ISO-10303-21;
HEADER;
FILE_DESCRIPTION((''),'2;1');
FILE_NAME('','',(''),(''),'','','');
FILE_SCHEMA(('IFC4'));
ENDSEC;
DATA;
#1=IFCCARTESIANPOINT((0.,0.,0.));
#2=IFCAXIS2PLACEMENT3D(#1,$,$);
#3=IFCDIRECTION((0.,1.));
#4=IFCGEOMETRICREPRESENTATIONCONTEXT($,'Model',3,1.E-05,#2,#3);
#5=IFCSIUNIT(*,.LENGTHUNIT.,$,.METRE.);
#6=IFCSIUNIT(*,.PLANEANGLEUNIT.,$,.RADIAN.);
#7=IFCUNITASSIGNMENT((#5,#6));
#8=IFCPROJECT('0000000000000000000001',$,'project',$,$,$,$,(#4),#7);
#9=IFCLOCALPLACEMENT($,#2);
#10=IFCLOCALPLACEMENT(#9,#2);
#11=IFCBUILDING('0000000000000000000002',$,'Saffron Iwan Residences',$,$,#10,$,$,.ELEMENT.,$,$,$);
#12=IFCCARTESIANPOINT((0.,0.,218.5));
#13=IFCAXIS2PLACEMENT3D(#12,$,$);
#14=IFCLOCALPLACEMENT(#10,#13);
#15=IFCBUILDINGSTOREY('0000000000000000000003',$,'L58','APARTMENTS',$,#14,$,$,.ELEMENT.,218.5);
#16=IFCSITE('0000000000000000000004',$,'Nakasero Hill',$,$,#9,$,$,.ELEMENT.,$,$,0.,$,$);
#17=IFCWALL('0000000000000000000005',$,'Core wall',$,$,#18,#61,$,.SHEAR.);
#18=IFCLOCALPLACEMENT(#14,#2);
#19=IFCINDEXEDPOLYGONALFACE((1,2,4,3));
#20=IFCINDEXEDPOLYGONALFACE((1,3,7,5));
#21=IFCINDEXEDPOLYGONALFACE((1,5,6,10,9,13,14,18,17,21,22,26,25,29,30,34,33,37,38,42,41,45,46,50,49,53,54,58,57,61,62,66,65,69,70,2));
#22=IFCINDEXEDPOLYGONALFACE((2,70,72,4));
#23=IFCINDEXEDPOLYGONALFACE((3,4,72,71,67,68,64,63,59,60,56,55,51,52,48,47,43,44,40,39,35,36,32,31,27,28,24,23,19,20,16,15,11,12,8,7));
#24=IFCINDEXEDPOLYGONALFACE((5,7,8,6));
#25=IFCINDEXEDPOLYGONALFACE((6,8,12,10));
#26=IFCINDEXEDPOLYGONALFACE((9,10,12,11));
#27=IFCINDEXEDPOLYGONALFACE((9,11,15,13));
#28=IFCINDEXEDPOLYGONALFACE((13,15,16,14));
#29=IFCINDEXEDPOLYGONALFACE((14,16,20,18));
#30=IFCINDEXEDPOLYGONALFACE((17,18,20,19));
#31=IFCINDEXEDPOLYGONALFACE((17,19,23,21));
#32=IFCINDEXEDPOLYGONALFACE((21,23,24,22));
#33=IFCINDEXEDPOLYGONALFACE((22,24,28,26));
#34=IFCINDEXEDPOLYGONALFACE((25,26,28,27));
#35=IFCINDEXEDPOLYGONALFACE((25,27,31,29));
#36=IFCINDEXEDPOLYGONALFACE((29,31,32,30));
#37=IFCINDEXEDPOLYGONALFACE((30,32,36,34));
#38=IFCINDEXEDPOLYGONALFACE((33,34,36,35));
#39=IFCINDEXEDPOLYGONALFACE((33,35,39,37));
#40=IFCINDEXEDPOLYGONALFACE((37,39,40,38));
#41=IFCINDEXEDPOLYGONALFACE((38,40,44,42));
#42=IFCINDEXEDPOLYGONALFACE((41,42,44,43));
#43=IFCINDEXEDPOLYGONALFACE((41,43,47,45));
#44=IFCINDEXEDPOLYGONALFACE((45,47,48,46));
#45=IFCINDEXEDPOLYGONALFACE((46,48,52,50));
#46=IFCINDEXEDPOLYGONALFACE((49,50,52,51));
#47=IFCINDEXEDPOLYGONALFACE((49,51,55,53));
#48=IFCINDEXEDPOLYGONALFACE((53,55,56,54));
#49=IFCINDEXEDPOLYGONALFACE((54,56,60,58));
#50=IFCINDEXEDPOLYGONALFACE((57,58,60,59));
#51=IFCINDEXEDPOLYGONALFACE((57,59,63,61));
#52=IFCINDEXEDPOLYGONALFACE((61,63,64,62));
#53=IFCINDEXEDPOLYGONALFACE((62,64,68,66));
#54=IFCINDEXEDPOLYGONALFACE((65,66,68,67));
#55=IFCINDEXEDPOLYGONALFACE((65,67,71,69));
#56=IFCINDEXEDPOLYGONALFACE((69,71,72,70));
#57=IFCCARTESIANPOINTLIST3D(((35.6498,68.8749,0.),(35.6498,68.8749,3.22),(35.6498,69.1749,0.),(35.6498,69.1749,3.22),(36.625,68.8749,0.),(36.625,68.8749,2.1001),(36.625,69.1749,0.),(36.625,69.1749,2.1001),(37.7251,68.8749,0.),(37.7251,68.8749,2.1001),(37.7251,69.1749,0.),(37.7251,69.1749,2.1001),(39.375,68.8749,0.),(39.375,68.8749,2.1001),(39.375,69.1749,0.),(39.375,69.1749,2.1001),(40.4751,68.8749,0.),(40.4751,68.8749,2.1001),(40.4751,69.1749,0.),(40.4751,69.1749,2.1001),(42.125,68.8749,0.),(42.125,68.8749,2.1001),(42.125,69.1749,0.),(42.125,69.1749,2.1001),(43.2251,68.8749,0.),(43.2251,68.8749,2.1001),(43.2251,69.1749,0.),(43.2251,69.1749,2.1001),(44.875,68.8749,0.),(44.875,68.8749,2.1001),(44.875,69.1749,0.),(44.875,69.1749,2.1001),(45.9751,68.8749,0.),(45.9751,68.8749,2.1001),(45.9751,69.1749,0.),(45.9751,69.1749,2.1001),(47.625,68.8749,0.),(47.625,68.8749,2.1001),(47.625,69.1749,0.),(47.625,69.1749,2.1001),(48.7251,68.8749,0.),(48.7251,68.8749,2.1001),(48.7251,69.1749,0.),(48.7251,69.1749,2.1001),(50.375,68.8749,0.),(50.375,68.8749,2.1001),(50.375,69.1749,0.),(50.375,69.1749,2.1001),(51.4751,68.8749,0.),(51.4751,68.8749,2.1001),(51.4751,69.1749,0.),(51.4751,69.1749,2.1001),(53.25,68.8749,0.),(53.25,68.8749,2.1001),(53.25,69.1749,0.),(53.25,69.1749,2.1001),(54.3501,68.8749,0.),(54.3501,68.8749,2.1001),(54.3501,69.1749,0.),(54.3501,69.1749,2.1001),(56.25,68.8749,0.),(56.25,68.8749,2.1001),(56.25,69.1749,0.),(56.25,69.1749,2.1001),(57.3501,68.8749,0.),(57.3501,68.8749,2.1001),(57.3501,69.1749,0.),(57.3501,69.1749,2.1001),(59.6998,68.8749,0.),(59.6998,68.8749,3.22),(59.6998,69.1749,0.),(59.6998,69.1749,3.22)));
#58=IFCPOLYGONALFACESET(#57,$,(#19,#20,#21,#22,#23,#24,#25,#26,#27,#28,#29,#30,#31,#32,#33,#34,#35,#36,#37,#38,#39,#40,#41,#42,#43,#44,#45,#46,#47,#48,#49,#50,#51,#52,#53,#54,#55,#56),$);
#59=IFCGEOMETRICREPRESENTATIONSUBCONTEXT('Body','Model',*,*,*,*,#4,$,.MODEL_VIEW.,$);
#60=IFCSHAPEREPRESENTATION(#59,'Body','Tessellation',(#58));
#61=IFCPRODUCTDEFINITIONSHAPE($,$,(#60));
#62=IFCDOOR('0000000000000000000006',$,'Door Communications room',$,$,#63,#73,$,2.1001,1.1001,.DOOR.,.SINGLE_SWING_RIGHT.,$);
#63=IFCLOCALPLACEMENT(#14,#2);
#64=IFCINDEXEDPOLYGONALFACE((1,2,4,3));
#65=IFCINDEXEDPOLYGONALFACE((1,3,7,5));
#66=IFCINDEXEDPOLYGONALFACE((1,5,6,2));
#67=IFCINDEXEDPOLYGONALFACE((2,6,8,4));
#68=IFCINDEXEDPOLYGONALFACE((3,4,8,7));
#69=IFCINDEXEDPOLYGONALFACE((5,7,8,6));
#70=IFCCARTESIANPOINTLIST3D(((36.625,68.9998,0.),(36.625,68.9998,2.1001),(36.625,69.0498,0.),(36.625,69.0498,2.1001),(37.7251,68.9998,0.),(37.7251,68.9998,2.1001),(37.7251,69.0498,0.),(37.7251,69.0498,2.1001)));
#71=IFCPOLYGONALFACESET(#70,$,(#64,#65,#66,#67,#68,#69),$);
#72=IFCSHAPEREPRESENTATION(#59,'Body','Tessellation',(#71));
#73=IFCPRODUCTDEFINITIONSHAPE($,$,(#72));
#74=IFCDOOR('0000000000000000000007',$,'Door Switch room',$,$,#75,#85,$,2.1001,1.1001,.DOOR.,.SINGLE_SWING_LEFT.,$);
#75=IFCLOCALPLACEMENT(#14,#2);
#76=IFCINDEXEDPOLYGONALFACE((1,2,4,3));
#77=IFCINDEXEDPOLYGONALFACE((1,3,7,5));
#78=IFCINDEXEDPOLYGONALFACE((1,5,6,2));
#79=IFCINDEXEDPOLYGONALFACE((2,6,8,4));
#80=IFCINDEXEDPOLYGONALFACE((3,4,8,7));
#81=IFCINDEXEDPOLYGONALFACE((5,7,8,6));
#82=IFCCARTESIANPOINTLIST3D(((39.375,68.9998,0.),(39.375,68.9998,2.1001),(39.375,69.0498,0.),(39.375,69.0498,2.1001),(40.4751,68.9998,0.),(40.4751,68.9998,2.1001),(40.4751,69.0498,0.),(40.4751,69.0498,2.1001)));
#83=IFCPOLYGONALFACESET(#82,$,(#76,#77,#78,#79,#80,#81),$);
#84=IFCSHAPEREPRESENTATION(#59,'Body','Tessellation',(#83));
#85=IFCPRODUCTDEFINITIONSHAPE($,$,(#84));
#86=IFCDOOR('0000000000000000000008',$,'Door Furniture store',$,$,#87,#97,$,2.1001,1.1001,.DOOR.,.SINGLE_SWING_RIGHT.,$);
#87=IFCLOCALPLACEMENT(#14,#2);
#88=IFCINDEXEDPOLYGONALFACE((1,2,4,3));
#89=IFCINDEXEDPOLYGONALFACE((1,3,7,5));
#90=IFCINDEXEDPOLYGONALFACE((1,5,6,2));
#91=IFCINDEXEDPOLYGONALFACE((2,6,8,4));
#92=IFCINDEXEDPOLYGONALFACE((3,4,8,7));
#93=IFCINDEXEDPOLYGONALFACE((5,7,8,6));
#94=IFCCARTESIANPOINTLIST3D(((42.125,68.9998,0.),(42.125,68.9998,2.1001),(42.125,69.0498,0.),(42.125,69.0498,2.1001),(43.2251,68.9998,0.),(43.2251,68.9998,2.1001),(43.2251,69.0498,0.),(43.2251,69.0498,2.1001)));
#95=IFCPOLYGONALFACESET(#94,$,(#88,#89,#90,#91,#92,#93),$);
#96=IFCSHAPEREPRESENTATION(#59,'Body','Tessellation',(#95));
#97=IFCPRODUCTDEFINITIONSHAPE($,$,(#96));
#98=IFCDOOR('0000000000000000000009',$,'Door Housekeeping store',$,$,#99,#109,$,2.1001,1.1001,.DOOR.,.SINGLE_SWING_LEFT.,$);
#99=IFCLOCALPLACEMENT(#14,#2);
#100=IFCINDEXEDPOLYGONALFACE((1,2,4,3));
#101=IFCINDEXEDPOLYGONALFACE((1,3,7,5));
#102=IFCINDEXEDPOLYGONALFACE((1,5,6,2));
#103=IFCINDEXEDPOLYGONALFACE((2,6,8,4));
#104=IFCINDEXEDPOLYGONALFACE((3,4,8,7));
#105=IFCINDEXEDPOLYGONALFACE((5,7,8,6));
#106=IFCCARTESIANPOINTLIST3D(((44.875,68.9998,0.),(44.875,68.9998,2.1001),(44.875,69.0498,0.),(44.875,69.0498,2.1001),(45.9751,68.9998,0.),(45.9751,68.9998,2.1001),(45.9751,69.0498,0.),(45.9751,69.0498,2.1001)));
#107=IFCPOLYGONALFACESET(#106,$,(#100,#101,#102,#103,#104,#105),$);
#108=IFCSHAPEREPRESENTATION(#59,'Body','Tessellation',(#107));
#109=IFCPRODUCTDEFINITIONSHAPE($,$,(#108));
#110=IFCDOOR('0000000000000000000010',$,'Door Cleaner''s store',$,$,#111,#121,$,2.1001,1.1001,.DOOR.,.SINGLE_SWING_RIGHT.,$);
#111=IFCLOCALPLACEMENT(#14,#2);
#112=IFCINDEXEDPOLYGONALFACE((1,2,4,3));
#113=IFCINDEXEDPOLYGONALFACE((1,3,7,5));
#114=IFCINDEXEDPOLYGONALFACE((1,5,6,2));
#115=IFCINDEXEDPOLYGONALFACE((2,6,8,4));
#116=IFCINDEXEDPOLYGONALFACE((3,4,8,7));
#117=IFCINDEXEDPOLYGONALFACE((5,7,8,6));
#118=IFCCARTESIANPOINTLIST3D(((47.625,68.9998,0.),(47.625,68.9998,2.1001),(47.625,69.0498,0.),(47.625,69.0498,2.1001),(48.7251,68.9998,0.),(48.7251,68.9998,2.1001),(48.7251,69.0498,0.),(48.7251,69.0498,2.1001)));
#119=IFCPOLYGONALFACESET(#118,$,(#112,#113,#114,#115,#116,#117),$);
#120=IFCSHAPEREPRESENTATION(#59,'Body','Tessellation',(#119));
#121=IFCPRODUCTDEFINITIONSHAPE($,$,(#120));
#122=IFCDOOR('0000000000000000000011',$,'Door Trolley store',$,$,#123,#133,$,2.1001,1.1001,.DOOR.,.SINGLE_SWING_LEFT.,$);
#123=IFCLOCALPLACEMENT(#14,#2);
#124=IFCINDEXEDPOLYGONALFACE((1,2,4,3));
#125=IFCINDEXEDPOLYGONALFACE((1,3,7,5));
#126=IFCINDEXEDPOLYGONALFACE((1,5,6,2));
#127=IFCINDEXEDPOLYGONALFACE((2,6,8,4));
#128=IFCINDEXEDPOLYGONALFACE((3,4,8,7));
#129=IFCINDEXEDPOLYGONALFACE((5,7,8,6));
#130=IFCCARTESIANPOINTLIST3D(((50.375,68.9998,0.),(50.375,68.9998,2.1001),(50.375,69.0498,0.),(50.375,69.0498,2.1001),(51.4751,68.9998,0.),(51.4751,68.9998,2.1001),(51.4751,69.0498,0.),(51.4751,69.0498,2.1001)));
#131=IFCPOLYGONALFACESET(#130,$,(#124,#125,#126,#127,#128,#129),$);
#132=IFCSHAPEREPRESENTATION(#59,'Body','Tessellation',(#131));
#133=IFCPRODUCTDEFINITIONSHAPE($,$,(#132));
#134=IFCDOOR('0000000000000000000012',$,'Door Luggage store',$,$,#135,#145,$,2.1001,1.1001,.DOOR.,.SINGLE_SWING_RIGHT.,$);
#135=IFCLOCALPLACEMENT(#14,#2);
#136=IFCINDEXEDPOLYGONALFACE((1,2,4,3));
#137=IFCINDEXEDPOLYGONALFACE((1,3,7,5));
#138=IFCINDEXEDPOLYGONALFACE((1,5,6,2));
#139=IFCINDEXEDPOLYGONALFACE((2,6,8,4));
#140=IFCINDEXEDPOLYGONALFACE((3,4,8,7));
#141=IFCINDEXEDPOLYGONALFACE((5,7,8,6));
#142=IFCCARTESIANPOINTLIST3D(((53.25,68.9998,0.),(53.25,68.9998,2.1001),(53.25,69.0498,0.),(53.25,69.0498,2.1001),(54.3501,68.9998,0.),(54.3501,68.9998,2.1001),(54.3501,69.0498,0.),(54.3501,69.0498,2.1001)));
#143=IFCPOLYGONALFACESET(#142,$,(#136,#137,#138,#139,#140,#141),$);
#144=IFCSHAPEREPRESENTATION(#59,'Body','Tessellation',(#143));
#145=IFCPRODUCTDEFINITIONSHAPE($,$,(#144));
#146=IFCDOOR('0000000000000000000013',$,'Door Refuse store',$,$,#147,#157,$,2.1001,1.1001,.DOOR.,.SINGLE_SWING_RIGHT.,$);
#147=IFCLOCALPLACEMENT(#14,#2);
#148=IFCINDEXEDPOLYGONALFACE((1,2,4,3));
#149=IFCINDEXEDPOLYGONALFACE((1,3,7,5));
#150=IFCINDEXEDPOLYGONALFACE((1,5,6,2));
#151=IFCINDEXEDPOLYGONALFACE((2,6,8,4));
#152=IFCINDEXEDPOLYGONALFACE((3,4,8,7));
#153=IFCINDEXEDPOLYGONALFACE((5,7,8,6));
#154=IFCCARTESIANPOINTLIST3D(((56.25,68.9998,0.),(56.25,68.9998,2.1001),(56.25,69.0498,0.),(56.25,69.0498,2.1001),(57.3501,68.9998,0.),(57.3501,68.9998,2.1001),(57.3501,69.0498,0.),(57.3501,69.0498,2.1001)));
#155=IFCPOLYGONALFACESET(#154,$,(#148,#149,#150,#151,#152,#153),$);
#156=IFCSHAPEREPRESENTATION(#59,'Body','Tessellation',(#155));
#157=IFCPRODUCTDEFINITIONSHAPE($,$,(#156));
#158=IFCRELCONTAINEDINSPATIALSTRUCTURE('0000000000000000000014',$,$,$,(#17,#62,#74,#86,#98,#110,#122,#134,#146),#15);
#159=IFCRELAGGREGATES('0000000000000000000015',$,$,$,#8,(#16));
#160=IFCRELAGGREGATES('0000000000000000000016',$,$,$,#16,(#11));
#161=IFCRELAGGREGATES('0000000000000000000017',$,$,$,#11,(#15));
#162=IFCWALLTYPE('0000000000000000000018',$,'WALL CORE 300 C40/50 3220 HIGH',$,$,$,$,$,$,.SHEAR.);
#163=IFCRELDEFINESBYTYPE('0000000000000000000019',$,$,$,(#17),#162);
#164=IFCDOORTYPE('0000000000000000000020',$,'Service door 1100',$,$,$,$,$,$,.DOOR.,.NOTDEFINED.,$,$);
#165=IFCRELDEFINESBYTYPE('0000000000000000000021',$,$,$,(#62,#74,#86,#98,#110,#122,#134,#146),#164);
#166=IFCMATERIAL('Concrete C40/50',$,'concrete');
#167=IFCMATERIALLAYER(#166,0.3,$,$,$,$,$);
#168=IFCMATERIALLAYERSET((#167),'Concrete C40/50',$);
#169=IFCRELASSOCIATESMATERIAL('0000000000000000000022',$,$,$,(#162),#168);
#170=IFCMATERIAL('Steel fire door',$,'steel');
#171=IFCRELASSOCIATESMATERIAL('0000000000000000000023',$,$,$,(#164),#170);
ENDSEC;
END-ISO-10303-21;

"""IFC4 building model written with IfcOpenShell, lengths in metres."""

from ifc_helpers import new_model, si_unit, direction, frame, frame_2d, origin, place, context, subcontext, project, spatial, rectangle, extrude, material, layer, layer_set, type_object, element, fill, save


model = new_model("IFC4")

# Units and contexts
model_context = context("Model", 3, precision=1e-05, world=origin(), true_north=direction((0.0, 1.0)))
body_context = subcontext(model_context, "Body", "Model", "MODEL_VIEW")
ifc_project = project(units=[si_unit("LENGTHUNIT", "METRE"), si_unit("PLANEANGLEUNIT", "RADIAN")], contexts=[model_context])

# Site, building, storey
site_placement = place(None, origin())
site = spatial("IfcSite", under=ifc_project, at=site_placement, Name="Nakasero Hill", CompositionType="ELEMENT", RefElevation=0.0)
building_placement = place(site_placement, origin())
building = spatial("IfcBuilding", under=site, at=building_placement, Name="Saffron Iwan Residences", CompositionType="ELEMENT")
storey_placement = place(building_placement, frame((0.0, 0.0, 218.5)))
storey = spatial("IfcBuildingStorey", under=building, at=storey_placement, Name="L58", Description="APARTMENTS", CompositionType="ELEMENT", Elevation=218.5)

# Wall, openings, doors
ifc_material_1 = material(Name="Concrete C40/50", Category="concrete")
ifc_layer = layer(ifc_material_1, 0.3)
ifc_layer_set = layer_set([ifc_layer], Name="Concrete C40/50")
wall_type = type_object("IfcWallType", Name="WALL CORE 300 C40/50 3220 HIGH", PredefinedType="SHEAR", material=ifc_layer_set)
wall_1_placement = place(storey_placement, frame((35.6499, 69.0249, 0.0), z_axis=(0.0, 0.0, 1.0), x_axis=(1.0, 0.0, 0.0)))
wall_1 = element("IfcWall", 1, at=wall_1_placement, inside=storey, type_object=wall_type, Name="Core wall", PredefinedType="SHEAR", context=body_context, shape_type="SweptSolid", body=[
    extrude(rectangle(XDim=24.05, YDim=0.3, at=frame_2d((12.0249, 0.0))), origin(), (0.0, 0.0, 1.0), 3.22),
])
opening_1_placement = place(wall_1_placement, frame((0.9751, 0.0, 0.0)))
opening_1 = element("IfcOpeningElement", 2, at=opening_1_placement, cuts=wall_1, PredefinedType="OPENING", context=body_context, shape_type="SweptSolid", body=[
    extrude(rectangle(XDim=1.1001, YDim=2.1001, at=frame_2d((0.55, 1.05))), frame((0.0, 0.1602, 0.0), z_axis=(0.0, -1.0, 0.0), x_axis=(1.0, 0.0, 0.0)), (0.0, 0.0, 1.0), 0.3201),
])
opening_2_placement = place(wall_1_placement, frame((3.7251, 0.0, 0.0)))
opening_2 = element("IfcOpeningElement", 3, at=opening_2_placement, cuts=wall_1, PredefinedType="OPENING", context=body_context, shape_type="SweptSolid", body=[
    extrude(rectangle(XDim=1.1001, YDim=2.1001, at=frame_2d((0.55, 1.05))), frame((0.0, 0.1602, 0.0), z_axis=(0.0, -1.0, 0.0), x_axis=(1.0, 0.0, 0.0)), (0.0, 0.0, 1.0), 0.3201),
])
opening_3_placement = place(wall_1_placement, frame((6.4751, 0.0, 0.0)))
opening_3 = element("IfcOpeningElement", 4, at=opening_3_placement, cuts=wall_1, PredefinedType="OPENING", context=body_context, shape_type="SweptSolid", body=[
    extrude(rectangle(XDim=1.1001, YDim=2.1001, at=frame_2d((0.55, 1.05))), frame((0.0, 0.1602, 0.0), z_axis=(0.0, -1.0, 0.0), x_axis=(1.0, 0.0, 0.0)), (0.0, 0.0, 1.0), 0.3201),
])
opening_4_placement = place(wall_1_placement, frame((9.2251, 0.0, 0.0)))
opening_4 = element("IfcOpeningElement", 5, at=opening_4_placement, cuts=wall_1, PredefinedType="OPENING", context=body_context, shape_type="SweptSolid", body=[
    extrude(rectangle(XDim=1.1001, YDim=2.1001, at=frame_2d((0.55, 1.05))), frame((0.0, 0.1602, 0.0), z_axis=(0.0, -1.0, 0.0), x_axis=(1.0, 0.0, 0.0)), (0.0, 0.0, 1.0), 0.3201),
])
opening_5_placement = place(wall_1_placement, frame((11.9751, 0.0, 0.0)))
opening_5 = element("IfcOpeningElement", 6, at=opening_5_placement, cuts=wall_1, PredefinedType="OPENING", context=body_context, shape_type="SweptSolid", body=[
    extrude(rectangle(XDim=1.1001, YDim=2.1001, at=frame_2d((0.55, 1.05))), frame((0.0, 0.1602, 0.0), z_axis=(0.0, -1.0, 0.0), x_axis=(1.0, 0.0, 0.0)), (0.0, 0.0, 1.0), 0.3201),
])
opening_6_placement = place(wall_1_placement, frame((14.7251, 0.0, 0.0)))
opening_6 = element("IfcOpeningElement", 7, at=opening_6_placement, cuts=wall_1, PredefinedType="OPENING", context=body_context, shape_type="SweptSolid", body=[
    extrude(rectangle(XDim=1.1001, YDim=2.1001, at=frame_2d((0.55, 1.05))), frame((0.0, 0.1602, 0.0), z_axis=(0.0, -1.0, 0.0), x_axis=(1.0, 0.0, 0.0)), (0.0, 0.0, 1.0), 0.3201),
])
opening_7_placement = place(wall_1_placement, frame((17.6001, 0.0, 0.0)))
opening_7 = element("IfcOpeningElement", 8, at=opening_7_placement, cuts=wall_1, PredefinedType="OPENING", context=body_context, shape_type="SweptSolid", body=[
    extrude(rectangle(XDim=1.1001, YDim=2.1001, at=frame_2d((0.55, 1.05))), frame((0.0, 0.1602, 0.0), z_axis=(0.0, -1.0, 0.0), x_axis=(1.0, 0.0, 0.0)), (0.0, 0.0, 1.0), 0.3201),
])
opening_8_placement = place(wall_1_placement, frame((20.6001, 0.0, 0.0)))
opening_8 = element("IfcOpeningElement", 9, at=opening_8_placement, cuts=wall_1, PredefinedType="OPENING", context=body_context, shape_type="SweptSolid", body=[
    extrude(rectangle(XDim=1.1001, YDim=2.1001, at=frame_2d((0.55, 1.05))), frame((0.0, 0.1602, 0.0), z_axis=(0.0, -1.0, 0.0), x_axis=(1.0, 0.0, 0.0)), (0.0, 0.0, 1.0), 0.3201),
])
ifc_material_2 = material(Name="Steel fire door", Category="steel")
door_type_1 = type_object("IfcDoorType", Name="Service door 1100", OperationType="NOTDEFINED", PredefinedType="DOOR", material=ifc_material_2)
door_1_placement = place(opening_1_placement, origin())
door_1 = element("IfcDoor", 10, at=door_1_placement, inside=storey, type_object=door_type_1, Name="Door Communications room", OperationType="SINGLE_SWING_RIGHT", OverallHeight=2.1001, OverallWidth=1.1001, PredefinedType="DOOR", context=body_context, shape_type="SweptSolid", body=[
    extrude(rectangle(XDim=1.1001, YDim=2.1001, at=frame_2d((0.55, 1.05))), frame((0.0, 0.0249, 0.0), z_axis=(0.0, -1.0, 0.0), x_axis=(1.0, 0.0, 0.0)), (0.0, 0.0, 1.0), 0.05),
])
fill(opening_1, door_1)
door_2_placement = place(opening_2_placement, origin())
door_2 = element("IfcDoor", 11, at=door_2_placement, inside=storey, type_object=door_type_1, Name="Door Switch room", OperationType="SINGLE_SWING_LEFT", OverallHeight=2.1001, OverallWidth=1.1001, PredefinedType="DOOR", context=body_context, shape_type="SweptSolid", body=[
    extrude(rectangle(XDim=1.1001, YDim=2.1001, at=frame_2d((0.55, 1.05))), frame((0.0, 0.0249, 0.0), z_axis=(0.0, -1.0, 0.0), x_axis=(1.0, 0.0, 0.0)), (0.0, 0.0, 1.0), 0.05),
])
fill(opening_2, door_2)
door_3_placement = place(opening_3_placement, origin())
door_3 = element("IfcDoor", 12, at=door_3_placement, inside=storey, type_object=door_type_1, Name="Door Furniture store", OperationType="SINGLE_SWING_RIGHT", OverallHeight=2.1001, OverallWidth=1.1001, PredefinedType="DOOR", context=body_context, shape_type="SweptSolid", body=[
    extrude(rectangle(XDim=1.1001, YDim=2.1001, at=frame_2d((0.55, 1.05))), frame((0.0, 0.0249, 0.0), z_axis=(0.0, -1.0, 0.0), x_axis=(1.0, 0.0, 0.0)), (0.0, 0.0, 1.0), 0.05),
])
fill(opening_3, door_3)
door_4_placement = place(opening_4_placement, origin())
door_4 = element("IfcDoor", 13, at=door_4_placement, inside=storey, type_object=door_type_1, Name="Door Housekeeping store", OperationType="SINGLE_SWING_LEFT", OverallHeight=2.1001, OverallWidth=1.1001, PredefinedType="DOOR", context=body_context, shape_type="SweptSolid", body=[
    extrude(rectangle(XDim=1.1001, YDim=2.1001, at=frame_2d((0.55, 1.05))), frame((0.0, 0.0249, 0.0), z_axis=(0.0, -1.0, 0.0), x_axis=(1.0, 0.0, 0.0)), (0.0, 0.0, 1.0), 0.05),
])
fill(opening_4, door_4)
door_5_placement = place(opening_5_placement, origin())
door_5 = element("IfcDoor", 14, at=door_5_placement, inside=storey, type_object=door_type_1, Name="Door Cleaner's store", OperationType="SINGLE_SWING_RIGHT", OverallHeight=2.1001, OverallWidth=1.1001, PredefinedType="DOOR", context=body_context, shape_type="SweptSolid", body=[
    extrude(rectangle(XDim=1.1001, YDim=2.1001, at=frame_2d((0.55, 1.05))), frame((0.0, 0.0249, 0.0), z_axis=(0.0, -1.0, 0.0), x_axis=(1.0, 0.0, 0.0)), (0.0, 0.0, 1.0), 0.05),
])
fill(opening_5, door_5)
door_6_placement = place(opening_6_placement, origin())
door_6 = element("IfcDoor", 15, at=door_6_placement, inside=storey, type_object=door_type_1, Name="Door Trolley store", OperationType="SINGLE_SWING_LEFT", OverallHeight=2.1001, OverallWidth=1.1001, PredefinedType="DOOR", context=body_context, shape_type="SweptSolid", body=[
    extrude(rectangle(XDim=1.1001, YDim=2.1001, at=frame_2d((0.55, 1.05))), frame((0.0, 0.0249, 0.0), z_axis=(0.0, -1.0, 0.0), x_axis=(1.0, 0.0, 0.0)), (0.0, 0.0, 1.0), 0.05),
])
fill(opening_6, door_6)
door_7_placement = place(opening_7_placement, origin())
door_7 = element("IfcDoor", 16, at=door_7_placement, inside=storey, type_object=door_type_1, Name="Door Luggage store", OperationType="SINGLE_SWING_RIGHT", OverallHeight=2.1001, OverallWidth=1.1001, PredefinedType="DOOR", context=body_context, shape_type="SweptSolid", body=[
    extrude(rectangle(XDim=1.1001, YDim=2.1001, at=frame_2d((0.55, 1.05))), frame((0.0, 0.0249, 0.0), z_axis=(0.0, -1.0, 0.0), x_axis=(1.0, 0.0, 0.0)), (0.0, 0.0, 1.0), 0.05),
])
fill(opening_7, door_7)
door_8_placement = place(opening_8_placement, origin())
door_8 = element("IfcDoor", 17, at=door_8_placement, inside=storey, type_object=door_type_1, Name="Door Refuse store", OperationType="SINGLE_SWING_RIGHT", OverallHeight=2.1001, OverallWidth=1.1001, PredefinedType="DOOR", context=body_context, shape_type="SweptSolid", body=[
    extrude(rectangle(XDim=1.1001, YDim=2.1001, at=frame_2d((0.55, 1.05))), frame((0.0, 0.0249, 0.0), z_axis=(0.0, -1.0, 0.0), x_axis=(1.0, 0.0, 0.0)), (0.0, 0.0, 1.0), 0.05),
])
fill(opening_8, door_8)

save(model, "model.ifc")
